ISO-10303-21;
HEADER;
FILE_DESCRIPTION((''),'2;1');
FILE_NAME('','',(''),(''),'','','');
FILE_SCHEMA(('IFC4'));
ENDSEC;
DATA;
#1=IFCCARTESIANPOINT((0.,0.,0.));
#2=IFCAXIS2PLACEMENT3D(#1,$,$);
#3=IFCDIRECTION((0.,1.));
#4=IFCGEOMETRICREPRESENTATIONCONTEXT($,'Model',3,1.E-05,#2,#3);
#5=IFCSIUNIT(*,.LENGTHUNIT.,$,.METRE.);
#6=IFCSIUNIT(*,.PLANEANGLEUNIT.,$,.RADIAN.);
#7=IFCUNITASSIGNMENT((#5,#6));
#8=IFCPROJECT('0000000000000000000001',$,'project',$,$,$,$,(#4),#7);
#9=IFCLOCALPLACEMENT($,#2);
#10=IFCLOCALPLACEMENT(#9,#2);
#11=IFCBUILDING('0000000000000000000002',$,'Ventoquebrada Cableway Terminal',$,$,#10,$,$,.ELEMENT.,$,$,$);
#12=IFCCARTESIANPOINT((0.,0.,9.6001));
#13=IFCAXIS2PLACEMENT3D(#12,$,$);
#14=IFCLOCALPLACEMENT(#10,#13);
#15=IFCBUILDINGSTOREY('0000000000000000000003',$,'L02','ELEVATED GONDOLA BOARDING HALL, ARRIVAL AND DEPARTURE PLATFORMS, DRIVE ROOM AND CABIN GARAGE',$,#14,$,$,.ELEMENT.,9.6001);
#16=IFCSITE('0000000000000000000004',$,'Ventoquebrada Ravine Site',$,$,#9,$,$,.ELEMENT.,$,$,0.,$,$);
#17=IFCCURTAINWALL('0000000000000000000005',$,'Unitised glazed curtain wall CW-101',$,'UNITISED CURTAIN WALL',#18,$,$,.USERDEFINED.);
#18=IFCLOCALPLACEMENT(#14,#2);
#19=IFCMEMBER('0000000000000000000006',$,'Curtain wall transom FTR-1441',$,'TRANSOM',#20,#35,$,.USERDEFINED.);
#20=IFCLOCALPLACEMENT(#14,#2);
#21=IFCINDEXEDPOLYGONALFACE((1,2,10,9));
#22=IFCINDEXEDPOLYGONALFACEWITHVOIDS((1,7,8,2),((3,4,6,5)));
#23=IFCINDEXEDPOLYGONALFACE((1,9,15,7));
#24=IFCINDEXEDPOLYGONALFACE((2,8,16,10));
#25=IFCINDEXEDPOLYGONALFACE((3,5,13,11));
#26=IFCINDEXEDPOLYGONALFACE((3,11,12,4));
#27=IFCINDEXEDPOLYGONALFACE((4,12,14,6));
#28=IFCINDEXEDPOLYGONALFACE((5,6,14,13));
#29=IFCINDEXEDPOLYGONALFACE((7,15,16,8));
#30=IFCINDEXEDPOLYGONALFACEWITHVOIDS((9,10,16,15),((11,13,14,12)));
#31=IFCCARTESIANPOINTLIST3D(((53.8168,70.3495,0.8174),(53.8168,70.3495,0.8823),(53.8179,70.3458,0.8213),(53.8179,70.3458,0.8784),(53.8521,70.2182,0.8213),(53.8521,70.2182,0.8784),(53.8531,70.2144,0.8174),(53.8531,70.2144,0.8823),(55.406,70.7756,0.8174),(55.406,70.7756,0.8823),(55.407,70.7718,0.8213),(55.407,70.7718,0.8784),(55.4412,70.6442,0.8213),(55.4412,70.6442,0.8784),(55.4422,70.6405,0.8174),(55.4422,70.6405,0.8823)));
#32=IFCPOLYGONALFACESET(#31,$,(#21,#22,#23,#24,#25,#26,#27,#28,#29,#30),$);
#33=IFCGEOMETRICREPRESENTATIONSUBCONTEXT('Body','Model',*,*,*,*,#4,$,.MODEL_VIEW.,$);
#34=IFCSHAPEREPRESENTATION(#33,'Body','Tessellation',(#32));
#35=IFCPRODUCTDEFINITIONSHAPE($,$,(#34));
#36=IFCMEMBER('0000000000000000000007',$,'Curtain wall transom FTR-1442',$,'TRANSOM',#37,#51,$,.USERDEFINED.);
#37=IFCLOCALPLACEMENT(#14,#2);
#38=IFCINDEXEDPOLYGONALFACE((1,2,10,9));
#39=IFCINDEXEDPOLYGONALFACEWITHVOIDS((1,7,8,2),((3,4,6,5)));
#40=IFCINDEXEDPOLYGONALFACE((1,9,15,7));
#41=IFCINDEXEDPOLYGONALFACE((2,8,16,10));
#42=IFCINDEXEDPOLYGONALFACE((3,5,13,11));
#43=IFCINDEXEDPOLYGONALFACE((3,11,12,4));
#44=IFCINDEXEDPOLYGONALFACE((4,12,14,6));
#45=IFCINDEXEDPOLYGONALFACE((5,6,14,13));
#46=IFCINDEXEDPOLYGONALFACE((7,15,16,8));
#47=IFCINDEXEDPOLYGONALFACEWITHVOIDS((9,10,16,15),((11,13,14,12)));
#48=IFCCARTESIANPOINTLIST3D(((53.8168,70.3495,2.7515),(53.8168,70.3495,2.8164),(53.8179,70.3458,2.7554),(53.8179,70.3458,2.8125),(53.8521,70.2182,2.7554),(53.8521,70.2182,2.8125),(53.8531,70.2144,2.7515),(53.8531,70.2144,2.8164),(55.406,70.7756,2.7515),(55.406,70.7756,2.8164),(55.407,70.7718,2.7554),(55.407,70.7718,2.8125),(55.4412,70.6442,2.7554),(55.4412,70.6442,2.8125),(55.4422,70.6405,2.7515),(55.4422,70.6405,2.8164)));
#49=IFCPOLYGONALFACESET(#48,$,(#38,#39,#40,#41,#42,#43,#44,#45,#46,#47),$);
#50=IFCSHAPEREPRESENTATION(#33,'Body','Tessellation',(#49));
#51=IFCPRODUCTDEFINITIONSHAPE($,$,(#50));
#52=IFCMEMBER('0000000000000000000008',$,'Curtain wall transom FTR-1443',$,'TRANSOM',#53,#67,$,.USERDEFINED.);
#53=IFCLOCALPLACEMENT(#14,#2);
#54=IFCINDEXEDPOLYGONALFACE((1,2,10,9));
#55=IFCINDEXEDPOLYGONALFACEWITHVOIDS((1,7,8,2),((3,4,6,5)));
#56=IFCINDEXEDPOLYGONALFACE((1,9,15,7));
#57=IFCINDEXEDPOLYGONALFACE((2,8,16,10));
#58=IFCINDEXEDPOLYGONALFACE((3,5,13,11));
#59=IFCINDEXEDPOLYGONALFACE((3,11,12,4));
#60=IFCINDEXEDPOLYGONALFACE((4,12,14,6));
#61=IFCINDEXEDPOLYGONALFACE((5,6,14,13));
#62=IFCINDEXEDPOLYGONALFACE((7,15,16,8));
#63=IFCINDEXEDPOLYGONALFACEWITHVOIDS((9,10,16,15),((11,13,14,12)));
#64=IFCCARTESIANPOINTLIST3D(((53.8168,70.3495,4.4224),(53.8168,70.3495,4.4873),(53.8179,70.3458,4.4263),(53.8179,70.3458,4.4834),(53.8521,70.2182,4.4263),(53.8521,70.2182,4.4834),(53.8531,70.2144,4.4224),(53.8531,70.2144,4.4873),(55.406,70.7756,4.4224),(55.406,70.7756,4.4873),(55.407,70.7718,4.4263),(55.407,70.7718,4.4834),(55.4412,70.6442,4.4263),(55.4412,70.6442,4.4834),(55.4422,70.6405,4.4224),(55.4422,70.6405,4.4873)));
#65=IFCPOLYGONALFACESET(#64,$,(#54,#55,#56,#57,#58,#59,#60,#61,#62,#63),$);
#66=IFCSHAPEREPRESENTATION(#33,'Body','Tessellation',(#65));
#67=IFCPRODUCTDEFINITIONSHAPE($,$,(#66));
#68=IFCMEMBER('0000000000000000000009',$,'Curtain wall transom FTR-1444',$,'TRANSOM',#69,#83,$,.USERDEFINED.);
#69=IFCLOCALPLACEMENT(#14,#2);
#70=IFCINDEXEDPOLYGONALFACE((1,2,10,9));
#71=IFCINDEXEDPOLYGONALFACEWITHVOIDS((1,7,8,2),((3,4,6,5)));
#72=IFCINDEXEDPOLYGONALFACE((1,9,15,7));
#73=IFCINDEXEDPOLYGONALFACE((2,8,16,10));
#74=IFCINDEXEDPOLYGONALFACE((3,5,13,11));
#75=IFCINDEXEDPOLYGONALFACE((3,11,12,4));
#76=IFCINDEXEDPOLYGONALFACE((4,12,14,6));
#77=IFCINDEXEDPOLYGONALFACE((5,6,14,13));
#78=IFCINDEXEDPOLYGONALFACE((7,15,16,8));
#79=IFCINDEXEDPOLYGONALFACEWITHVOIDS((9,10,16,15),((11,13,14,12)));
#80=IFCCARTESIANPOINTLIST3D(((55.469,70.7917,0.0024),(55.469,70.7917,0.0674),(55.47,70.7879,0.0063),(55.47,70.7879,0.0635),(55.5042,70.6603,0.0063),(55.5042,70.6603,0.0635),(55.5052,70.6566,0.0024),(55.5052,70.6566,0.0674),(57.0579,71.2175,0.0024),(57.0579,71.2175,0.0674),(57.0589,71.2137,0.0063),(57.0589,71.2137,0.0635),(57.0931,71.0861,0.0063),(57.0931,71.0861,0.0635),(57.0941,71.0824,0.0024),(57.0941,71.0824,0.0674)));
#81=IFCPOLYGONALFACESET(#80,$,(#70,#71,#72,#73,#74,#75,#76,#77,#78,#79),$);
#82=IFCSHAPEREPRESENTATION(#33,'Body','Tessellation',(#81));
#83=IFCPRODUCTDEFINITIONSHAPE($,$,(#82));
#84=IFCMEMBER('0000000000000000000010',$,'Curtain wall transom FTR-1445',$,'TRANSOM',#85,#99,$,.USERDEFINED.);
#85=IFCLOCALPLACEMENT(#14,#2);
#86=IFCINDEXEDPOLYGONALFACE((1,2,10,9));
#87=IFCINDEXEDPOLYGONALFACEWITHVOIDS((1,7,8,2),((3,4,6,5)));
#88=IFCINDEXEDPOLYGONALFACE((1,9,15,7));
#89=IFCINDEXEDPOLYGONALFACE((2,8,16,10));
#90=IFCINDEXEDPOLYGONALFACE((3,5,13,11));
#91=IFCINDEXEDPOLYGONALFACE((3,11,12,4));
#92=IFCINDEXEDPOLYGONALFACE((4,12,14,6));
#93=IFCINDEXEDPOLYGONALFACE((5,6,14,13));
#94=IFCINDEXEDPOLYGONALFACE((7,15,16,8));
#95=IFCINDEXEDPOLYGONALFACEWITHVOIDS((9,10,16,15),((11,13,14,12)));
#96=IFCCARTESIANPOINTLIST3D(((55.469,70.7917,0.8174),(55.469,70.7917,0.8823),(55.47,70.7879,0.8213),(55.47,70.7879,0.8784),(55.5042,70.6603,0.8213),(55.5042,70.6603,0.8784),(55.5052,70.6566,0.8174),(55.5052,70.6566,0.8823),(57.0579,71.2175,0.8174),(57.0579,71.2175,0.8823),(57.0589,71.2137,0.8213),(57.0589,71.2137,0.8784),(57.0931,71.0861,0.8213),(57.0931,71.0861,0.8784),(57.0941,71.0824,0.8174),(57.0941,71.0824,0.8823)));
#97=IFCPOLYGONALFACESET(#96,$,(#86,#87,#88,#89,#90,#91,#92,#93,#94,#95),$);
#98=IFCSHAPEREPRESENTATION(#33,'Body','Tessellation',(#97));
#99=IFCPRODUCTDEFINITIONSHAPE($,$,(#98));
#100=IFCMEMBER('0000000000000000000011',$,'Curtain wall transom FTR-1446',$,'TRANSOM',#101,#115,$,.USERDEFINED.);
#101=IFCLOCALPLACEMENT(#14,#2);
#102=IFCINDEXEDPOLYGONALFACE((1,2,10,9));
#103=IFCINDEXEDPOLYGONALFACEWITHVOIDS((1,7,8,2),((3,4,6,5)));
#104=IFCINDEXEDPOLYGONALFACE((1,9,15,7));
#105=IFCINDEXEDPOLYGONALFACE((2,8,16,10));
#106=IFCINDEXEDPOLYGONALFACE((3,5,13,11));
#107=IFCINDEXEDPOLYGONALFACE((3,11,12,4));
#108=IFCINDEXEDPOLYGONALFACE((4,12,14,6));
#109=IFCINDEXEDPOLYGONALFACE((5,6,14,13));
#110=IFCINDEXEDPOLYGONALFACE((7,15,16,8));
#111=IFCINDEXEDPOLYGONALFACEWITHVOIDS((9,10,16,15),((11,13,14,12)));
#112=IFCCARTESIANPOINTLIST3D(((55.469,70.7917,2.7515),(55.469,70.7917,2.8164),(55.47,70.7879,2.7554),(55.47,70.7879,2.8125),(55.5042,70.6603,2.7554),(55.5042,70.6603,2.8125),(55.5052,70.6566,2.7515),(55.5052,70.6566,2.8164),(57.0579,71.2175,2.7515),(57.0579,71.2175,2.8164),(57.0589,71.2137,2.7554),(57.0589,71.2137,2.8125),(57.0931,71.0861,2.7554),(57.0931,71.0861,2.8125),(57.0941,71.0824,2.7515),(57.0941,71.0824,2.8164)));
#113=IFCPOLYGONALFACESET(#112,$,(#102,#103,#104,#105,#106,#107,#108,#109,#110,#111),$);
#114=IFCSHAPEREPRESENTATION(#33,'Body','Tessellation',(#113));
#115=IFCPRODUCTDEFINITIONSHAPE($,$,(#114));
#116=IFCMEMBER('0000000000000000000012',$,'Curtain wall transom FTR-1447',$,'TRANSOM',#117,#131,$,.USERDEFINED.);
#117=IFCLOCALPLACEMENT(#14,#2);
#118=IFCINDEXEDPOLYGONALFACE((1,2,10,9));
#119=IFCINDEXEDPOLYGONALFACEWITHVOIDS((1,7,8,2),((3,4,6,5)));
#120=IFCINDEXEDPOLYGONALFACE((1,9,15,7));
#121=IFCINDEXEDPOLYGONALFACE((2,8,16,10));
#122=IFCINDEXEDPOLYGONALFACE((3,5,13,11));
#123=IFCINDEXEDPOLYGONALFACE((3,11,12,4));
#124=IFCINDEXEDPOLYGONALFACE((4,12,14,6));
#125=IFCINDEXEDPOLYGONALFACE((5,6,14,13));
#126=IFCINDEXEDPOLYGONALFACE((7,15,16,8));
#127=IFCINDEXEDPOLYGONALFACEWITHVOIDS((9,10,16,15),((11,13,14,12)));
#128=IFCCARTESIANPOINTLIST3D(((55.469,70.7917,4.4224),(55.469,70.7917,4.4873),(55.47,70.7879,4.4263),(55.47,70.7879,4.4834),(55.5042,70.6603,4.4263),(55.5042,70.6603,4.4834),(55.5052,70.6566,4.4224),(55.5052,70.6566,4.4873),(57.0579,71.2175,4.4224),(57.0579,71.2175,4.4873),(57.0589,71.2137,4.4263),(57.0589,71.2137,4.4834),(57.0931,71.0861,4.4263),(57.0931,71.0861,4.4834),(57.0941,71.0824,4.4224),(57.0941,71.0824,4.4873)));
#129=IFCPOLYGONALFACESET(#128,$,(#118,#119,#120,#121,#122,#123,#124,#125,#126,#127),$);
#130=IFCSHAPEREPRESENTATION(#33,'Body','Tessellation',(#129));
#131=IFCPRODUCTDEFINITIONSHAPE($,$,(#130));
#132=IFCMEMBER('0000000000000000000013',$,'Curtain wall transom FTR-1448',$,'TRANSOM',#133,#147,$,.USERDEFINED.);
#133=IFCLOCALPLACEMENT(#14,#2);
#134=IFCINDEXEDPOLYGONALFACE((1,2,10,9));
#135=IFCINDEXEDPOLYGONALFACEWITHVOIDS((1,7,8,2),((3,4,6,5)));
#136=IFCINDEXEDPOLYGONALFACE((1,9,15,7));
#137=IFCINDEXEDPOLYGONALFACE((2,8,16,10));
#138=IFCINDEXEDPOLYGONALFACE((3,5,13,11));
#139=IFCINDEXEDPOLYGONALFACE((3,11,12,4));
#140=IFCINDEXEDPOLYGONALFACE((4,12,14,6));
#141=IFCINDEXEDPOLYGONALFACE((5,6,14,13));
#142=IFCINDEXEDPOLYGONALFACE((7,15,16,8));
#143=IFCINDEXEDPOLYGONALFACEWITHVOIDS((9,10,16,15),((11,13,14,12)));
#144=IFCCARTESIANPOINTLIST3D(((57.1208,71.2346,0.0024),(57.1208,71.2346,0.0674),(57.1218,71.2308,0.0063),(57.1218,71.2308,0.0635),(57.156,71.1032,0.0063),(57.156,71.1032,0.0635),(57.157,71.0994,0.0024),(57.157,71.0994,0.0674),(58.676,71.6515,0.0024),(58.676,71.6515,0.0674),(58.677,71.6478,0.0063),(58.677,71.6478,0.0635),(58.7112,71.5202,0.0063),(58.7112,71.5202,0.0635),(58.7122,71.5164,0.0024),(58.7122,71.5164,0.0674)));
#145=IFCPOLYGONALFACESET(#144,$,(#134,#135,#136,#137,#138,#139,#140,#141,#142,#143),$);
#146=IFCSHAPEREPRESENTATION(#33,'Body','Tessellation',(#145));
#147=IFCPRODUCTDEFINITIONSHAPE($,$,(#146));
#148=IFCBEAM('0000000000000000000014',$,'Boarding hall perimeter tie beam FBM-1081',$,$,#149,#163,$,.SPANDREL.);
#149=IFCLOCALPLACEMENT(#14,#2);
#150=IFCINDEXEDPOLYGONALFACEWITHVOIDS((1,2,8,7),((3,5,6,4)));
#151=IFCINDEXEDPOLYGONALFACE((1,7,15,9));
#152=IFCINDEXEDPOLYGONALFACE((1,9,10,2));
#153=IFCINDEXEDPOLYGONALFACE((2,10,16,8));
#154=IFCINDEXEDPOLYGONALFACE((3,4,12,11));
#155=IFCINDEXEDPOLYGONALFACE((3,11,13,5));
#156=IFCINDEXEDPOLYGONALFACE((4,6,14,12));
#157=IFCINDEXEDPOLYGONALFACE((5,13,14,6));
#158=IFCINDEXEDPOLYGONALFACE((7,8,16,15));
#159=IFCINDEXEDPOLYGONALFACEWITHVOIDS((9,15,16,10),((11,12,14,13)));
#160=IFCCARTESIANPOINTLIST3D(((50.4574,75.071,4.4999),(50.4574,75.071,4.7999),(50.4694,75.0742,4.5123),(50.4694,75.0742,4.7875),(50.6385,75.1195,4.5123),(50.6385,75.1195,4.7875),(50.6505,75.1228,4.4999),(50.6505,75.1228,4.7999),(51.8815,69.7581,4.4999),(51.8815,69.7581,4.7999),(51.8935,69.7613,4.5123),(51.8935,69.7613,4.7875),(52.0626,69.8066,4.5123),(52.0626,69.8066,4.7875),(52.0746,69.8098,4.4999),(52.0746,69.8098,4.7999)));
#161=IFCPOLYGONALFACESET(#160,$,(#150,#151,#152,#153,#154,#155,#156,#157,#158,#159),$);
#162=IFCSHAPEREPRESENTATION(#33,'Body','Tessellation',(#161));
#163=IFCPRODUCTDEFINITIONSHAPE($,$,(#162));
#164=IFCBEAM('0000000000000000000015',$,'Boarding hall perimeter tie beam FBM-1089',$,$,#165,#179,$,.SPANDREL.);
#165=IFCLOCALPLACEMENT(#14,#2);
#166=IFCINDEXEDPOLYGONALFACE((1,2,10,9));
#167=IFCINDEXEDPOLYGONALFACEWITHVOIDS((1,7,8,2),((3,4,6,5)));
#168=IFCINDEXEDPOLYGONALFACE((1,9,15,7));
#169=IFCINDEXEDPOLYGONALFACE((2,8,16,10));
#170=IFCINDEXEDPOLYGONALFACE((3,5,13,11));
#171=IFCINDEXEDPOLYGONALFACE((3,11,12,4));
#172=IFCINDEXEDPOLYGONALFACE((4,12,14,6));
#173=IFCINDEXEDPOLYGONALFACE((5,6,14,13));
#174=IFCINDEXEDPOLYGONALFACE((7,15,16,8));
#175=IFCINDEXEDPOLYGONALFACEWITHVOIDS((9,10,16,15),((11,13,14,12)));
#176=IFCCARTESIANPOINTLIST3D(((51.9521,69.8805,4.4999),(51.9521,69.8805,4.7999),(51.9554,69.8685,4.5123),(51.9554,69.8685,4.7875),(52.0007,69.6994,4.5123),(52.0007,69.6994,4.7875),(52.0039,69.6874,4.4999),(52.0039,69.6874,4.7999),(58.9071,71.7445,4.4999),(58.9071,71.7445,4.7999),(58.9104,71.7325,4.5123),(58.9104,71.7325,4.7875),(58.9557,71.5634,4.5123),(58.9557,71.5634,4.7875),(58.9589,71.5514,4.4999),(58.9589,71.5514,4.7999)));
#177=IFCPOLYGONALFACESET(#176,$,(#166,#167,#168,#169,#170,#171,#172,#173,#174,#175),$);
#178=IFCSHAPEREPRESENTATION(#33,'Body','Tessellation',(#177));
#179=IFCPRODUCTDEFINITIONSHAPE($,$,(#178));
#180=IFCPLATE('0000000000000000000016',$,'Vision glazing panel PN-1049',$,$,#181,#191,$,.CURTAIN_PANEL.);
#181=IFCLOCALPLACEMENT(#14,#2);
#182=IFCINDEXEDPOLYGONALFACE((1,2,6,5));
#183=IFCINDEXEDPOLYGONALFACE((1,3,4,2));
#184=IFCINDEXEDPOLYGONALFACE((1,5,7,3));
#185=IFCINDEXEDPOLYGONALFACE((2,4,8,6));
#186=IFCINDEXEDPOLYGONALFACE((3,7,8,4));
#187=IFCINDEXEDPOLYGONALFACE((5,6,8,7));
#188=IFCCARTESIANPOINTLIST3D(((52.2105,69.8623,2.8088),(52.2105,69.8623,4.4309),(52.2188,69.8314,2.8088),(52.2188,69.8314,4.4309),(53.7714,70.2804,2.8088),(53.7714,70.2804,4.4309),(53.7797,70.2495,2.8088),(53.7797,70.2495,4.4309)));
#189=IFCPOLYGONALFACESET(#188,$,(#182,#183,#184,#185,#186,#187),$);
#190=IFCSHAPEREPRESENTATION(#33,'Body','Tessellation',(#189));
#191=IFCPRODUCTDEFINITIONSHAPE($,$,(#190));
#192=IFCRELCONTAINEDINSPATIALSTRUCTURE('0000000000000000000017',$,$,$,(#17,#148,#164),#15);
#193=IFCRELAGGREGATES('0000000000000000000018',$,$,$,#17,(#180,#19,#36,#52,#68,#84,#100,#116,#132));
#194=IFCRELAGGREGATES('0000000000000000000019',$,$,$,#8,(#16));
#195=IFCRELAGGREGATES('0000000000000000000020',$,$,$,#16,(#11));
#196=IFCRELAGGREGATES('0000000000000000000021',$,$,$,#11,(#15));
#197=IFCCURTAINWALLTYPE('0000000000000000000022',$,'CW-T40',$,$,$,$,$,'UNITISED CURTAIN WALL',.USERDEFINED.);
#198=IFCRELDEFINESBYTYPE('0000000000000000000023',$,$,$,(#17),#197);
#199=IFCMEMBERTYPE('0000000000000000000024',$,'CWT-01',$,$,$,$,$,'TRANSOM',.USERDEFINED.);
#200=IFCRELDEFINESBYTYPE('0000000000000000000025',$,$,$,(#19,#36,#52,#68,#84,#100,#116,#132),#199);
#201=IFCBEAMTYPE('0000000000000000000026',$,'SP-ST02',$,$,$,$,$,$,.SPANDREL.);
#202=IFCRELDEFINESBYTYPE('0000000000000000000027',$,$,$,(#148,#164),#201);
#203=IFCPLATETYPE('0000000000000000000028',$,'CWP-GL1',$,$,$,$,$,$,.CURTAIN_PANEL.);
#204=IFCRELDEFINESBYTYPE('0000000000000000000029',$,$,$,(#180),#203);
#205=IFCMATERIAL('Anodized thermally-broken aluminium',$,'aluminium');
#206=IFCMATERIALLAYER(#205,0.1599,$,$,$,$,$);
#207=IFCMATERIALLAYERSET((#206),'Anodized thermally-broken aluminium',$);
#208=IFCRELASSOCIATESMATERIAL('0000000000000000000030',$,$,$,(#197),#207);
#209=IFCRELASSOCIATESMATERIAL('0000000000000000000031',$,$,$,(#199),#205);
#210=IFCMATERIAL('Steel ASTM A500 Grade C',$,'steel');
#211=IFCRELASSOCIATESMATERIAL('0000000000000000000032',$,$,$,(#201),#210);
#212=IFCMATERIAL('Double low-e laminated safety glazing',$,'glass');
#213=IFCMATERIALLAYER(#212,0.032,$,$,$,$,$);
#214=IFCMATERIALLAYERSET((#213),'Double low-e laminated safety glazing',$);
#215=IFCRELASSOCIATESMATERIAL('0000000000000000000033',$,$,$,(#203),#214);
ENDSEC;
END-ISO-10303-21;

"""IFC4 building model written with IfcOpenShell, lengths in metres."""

from ifc_helpers import new_model, si_unit, direction, frame, origin, origin_2d, place, context, subcontext, project, spatial, rectangle, hollow_rectangle, extrude, material, layer, layer_set, material_profile, profile_set, type_object, element, aggregate, save


model = new_model("IFC4")

# Units and contexts
model_context = context("Model", 3, precision=1e-05, world=origin(), true_north=direction((0.0, 1.0)))
body_context = subcontext(model_context, "Body", "Model", "MODEL_VIEW")
ifc_project = project(units=[si_unit("LENGTHUNIT", "METRE"), si_unit("PLANEANGLEUNIT", "RADIAN")], contexts=[model_context])

# Site, building, storey
site_placement = place(None, origin())
site = spatial("IfcSite", under=ifc_project, at=site_placement, Name="Ventoquebrada Ravine Site", CompositionType="ELEMENT", RefElevation=0.0)
building_placement = place(site_placement, origin())
building = spatial("IfcBuilding", under=site, at=building_placement, Name="Ventoquebrada Cableway Terminal", CompositionType="ELEMENT")
storey_placement = place(building_placement, frame((0.0, 0.0, 9.6001)))
storey = spatial("IfcBuildingStorey", under=building, at=storey_placement, Name="L02", Description="ELEVATED GONDOLA BOARDING HALL, ARRIVAL AND DEPARTURE PLATFORMS, DRIVE ROOM AND CABIN GARAGE", CompositionType="ELEMENT", Elevation=9.6001)

# Shared definitions
ifc_material_1 = material(Name="Steel ASTM A500 Grade C", Category="steel")

# Curtain wall, members
ifc_material_2 = material(Name="Anodized thermally-broken aluminium", Category="aluminium")
ifc_layer_1 = layer(ifc_material_2, 0.1599)
ifc_layer_set_1 = layer_set([ifc_layer_1], Name="Anodized thermally-broken aluminium")
curtain_wall_type = type_object("IfcCurtainWallType", Name="CW-T40", ElementType="UNITISED CURTAIN WALL", PredefinedType="USERDEFINED", material=ifc_layer_set_1)
curtain_wall_placement = place(storey_placement, origin())
curtain_wall = element("IfcCurtainWall", 1, at=curtain_wall_placement, inside=storey, type_object=curtain_wall_type, Name="Unitised glazed curtain wall CW-101", ObjectType="UNITISED CURTAIN WALL", PredefinedType="USERDEFINED")
ifc_material_profile_1 = material_profile(ifc_material_2, hollow_rectangle(XDim=0.0649, YDim=0.1399, WallThickness=0.0039, at=origin_2d()), Name="CW-TRN-65X140")
ifc_profile_set_1 = profile_set([ifc_material_profile_1], Name="Anodized thermally-broken aluminium")
member_type_1 = type_object("IfcMemberType", Name="CWT-01", ElementType="TRANSOM", PredefinedType="USERDEFINED", material=ifc_profile_set_1)
member_1_placement = place(storey_placement, frame((53.835, 70.282, 0.8499), z_axis=(0.965892, 0.258946, 0.0), x_axis=(0.0, 0.0, 1.0)))
member_1 = element("IfcMember", 2, at=member_1_placement, type_object=member_type_1, Name="Curtain wall transom FTR-1441", ObjectType="TRANSOM", PredefinedType="USERDEFINED", context=body_context, shape_type="SweptSolid", body=[
    extrude(hollow_rectangle(XDim=0.0649, YDim=0.1399, WallThickness=0.0039, at=origin_2d()), origin(), (0.0, 0.0, 1.0), 1.6453),
])
member_2_placement = place(storey_placement, frame((53.835, 70.282, 2.7839), z_axis=(0.965892, 0.258946, 0.0), x_axis=(0.0, 0.0, 1.0)))
member_2 = element("IfcMember", 3, at=member_2_placement, type_object=member_type_1, Name="Curtain wall transom FTR-1442", ObjectType="TRANSOM", PredefinedType="USERDEFINED", context=body_context, shape_type="SweptSolid", body=[
    extrude(hollow_rectangle(XDim=0.0649, YDim=0.1399, WallThickness=0.0039, at=origin_2d()), origin(), (0.0, 0.0, 1.0), 1.6453),
])
member_3_placement = place(storey_placement, frame((53.835, 70.282, 4.4548), z_axis=(0.965892, 0.258946, 0.0), x_axis=(0.0, 0.0, 1.0)))
member_3 = element("IfcMember", 4, at=member_3_placement, type_object=member_type_1, Name="Curtain wall transom FTR-1443", ObjectType="TRANSOM", PredefinedType="USERDEFINED", context=body_context, shape_type="SweptSolid", body=[
    extrude(hollow_rectangle(XDim=0.0649, YDim=0.1399, WallThickness=0.0039, at=origin_2d()), origin(), (0.0, 0.0, 1.0), 1.6453),
])
member_4_placement = place(storey_placement, frame((55.4871, 70.7241, 0.0349), z_axis=(0.965919, 0.258845, 0.0), x_axis=(0.0, 0.0, 1.0)))
member_4 = element("IfcMember", 5, at=member_4_placement, type_object=member_type_1, Name="Curtain wall transom FTR-1444", ObjectType="TRANSOM", PredefinedType="USERDEFINED", context=body_context, shape_type="SweptSolid", body=[
    extrude(hollow_rectangle(XDim=0.0649, YDim=0.1399, WallThickness=0.0039, at=origin_2d()), origin(), (0.0, 0.0, 1.0), 1.645),
])
member_5_placement = place(storey_placement, frame((55.4871, 70.7241, 0.8499), z_axis=(0.965919, 0.258845, 0.0), x_axis=(0.0, 0.0, 1.0)))
member_5 = element("IfcMember", 6, at=member_5_placement, type_object=member_type_1, Name="Curtain wall transom FTR-1445", ObjectType="TRANSOM", PredefinedType="USERDEFINED", context=body_context, shape_type="SweptSolid", body=[
    extrude(hollow_rectangle(XDim=0.0649, YDim=0.1399, WallThickness=0.0039, at=origin_2d()), origin(), (0.0, 0.0, 1.0), 1.645),
])
member_6_placement = place(storey_placement, frame((55.4871, 70.7241, 2.7839), z_axis=(0.965919, 0.258845, 0.0), x_axis=(0.0, 0.0, 1.0)))
member_6 = element("IfcMember", 7, at=member_6_placement, type_object=member_type_1, Name="Curtain wall transom FTR-1446", ObjectType="TRANSOM", PredefinedType="USERDEFINED", context=body_context, shape_type="SweptSolid", body=[
    extrude(hollow_rectangle(XDim=0.0649, YDim=0.1399, WallThickness=0.0039, at=origin_2d()), origin(), (0.0, 0.0, 1.0), 1.645),
])
member_7_placement = place(storey_placement, frame((55.4871, 70.7241, 4.4548), z_axis=(0.965919, 0.258845, 0.0), x_axis=(0.0, 0.0, 1.0)))
member_7 = element("IfcMember", 8, at=member_7_placement, type_object=member_type_1, Name="Curtain wall transom FTR-1447", ObjectType="TRANSOM", PredefinedType="USERDEFINED", context=body_context, shape_type="SweptSolid", body=[
    extrude(hollow_rectangle(XDim=0.0649, YDim=0.1399, WallThickness=0.0039, at=origin_2d()), origin(), (0.0, 0.0, 1.0), 1.645),
])
member_8_placement = place(storey_placement, frame((57.1389, 71.167, 0.0349), z_axis=(0.965882, 0.258984, 0.0), x_axis=(0.0, 0.0, 1.0)))
member_8 = element("IfcMember", 9, at=member_8_placement, type_object=member_type_1, Name="Curtain wall transom FTR-1448", ObjectType="TRANSOM", PredefinedType="USERDEFINED", context=body_context, shape_type="SweptSolid", body=[
    extrude(hollow_rectangle(XDim=0.0649, YDim=0.1399, WallThickness=0.0039, at=origin_2d()), origin(), (0.0, 0.0, 1.0), 1.6101),
])

# Beams
ifc_material_profile_2 = material_profile(ifc_material_1, hollow_rectangle(XDim=0.2, YDim=0.3, WallThickness=0.0125, at=origin_2d()), Name="RHS300X200X12.5")
ifc_profile_set_2 = profile_set([ifc_material_profile_2], Name="Steel ASTM A500 Grade C")
beam_type = type_object("IfcBeamType", Name="SP-ST02", PredefinedType="SPANDREL", material=ifc_profile_set_2)
beam_1_placement = place(storey_placement, frame((51.978, 69.7839, 4.6499), z_axis=(-0.258897, 0.965905, 0.0), x_axis=(-0.965905, -0.258897, 0.0)))
element("IfcBeam", 10, at=beam_1_placement, inside=storey, type_object=beam_type, Name="Boarding hall perimeter tie beam FBM-1081", PredefinedType="SPANDREL", context=body_context, shape_type="SweptSolid", body=[
    extrude(hollow_rectangle(XDim=0.2, YDim=0.3, WallThickness=0.0125, at=origin_2d()), origin(), (0.0, 0.0, 1.0), 5.5005),
])
beam_2_placement = place(storey_placement, frame((51.978, 69.7839, 4.6499), z_axis=(0.965912, 0.258872, 0.0), x_axis=(-0.258872, 0.965912, 0.0)))
element("IfcBeam", 11, at=beam_2_placement, inside=storey, type_object=beam_type, Name="Boarding hall perimeter tie beam FBM-1089", PredefinedType="SPANDREL", context=body_context, shape_type="SweptSolid", body=[
    extrude(hollow_rectangle(XDim=0.2, YDim=0.3, WallThickness=0.0125, at=origin_2d()), origin(), (0.0, 0.0, 1.0), 7.2004),
])

# Plate
ifc_material_3 = material(Name="Double low-e laminated safety glazing", Category="glass")
ifc_layer_2 = layer(ifc_material_3, 0.032)
ifc_layer_set_2 = layer_set([ifc_layer_2], Name="Double low-e laminated safety glazing")
plate_type_1 = type_object("IfcPlateType", Name="CWP-GL1", PredefinedType="CURTAIN_PANEL", material=ifc_layer_set_2)
plate_1_placement = place(storey_placement, frame((52.9951, 70.0559, 2.8088), z_axis=(0.0, 0.0, 1.0), x_axis=(0.965939, 0.258768, 0.0)))
plate_1 = element("IfcPlate", 12, at=plate_1_placement, type_object=plate_type_1, Name="Vision glazing panel PN-1049", PredefinedType="CURTAIN_PANEL", context=body_context, shape_type="SweptSolid", body=[
    extrude(rectangle(XDim=1.616, YDim=0.032, at=origin_2d()), origin(), (0.0, 0.0, 1.0), 1.6221),
])
aggregate(curtain_wall, [plate_1, member_1, member_2, member_3, member_4, member_5, member_6, member_7, member_8])

save(model, "model.ifc")
